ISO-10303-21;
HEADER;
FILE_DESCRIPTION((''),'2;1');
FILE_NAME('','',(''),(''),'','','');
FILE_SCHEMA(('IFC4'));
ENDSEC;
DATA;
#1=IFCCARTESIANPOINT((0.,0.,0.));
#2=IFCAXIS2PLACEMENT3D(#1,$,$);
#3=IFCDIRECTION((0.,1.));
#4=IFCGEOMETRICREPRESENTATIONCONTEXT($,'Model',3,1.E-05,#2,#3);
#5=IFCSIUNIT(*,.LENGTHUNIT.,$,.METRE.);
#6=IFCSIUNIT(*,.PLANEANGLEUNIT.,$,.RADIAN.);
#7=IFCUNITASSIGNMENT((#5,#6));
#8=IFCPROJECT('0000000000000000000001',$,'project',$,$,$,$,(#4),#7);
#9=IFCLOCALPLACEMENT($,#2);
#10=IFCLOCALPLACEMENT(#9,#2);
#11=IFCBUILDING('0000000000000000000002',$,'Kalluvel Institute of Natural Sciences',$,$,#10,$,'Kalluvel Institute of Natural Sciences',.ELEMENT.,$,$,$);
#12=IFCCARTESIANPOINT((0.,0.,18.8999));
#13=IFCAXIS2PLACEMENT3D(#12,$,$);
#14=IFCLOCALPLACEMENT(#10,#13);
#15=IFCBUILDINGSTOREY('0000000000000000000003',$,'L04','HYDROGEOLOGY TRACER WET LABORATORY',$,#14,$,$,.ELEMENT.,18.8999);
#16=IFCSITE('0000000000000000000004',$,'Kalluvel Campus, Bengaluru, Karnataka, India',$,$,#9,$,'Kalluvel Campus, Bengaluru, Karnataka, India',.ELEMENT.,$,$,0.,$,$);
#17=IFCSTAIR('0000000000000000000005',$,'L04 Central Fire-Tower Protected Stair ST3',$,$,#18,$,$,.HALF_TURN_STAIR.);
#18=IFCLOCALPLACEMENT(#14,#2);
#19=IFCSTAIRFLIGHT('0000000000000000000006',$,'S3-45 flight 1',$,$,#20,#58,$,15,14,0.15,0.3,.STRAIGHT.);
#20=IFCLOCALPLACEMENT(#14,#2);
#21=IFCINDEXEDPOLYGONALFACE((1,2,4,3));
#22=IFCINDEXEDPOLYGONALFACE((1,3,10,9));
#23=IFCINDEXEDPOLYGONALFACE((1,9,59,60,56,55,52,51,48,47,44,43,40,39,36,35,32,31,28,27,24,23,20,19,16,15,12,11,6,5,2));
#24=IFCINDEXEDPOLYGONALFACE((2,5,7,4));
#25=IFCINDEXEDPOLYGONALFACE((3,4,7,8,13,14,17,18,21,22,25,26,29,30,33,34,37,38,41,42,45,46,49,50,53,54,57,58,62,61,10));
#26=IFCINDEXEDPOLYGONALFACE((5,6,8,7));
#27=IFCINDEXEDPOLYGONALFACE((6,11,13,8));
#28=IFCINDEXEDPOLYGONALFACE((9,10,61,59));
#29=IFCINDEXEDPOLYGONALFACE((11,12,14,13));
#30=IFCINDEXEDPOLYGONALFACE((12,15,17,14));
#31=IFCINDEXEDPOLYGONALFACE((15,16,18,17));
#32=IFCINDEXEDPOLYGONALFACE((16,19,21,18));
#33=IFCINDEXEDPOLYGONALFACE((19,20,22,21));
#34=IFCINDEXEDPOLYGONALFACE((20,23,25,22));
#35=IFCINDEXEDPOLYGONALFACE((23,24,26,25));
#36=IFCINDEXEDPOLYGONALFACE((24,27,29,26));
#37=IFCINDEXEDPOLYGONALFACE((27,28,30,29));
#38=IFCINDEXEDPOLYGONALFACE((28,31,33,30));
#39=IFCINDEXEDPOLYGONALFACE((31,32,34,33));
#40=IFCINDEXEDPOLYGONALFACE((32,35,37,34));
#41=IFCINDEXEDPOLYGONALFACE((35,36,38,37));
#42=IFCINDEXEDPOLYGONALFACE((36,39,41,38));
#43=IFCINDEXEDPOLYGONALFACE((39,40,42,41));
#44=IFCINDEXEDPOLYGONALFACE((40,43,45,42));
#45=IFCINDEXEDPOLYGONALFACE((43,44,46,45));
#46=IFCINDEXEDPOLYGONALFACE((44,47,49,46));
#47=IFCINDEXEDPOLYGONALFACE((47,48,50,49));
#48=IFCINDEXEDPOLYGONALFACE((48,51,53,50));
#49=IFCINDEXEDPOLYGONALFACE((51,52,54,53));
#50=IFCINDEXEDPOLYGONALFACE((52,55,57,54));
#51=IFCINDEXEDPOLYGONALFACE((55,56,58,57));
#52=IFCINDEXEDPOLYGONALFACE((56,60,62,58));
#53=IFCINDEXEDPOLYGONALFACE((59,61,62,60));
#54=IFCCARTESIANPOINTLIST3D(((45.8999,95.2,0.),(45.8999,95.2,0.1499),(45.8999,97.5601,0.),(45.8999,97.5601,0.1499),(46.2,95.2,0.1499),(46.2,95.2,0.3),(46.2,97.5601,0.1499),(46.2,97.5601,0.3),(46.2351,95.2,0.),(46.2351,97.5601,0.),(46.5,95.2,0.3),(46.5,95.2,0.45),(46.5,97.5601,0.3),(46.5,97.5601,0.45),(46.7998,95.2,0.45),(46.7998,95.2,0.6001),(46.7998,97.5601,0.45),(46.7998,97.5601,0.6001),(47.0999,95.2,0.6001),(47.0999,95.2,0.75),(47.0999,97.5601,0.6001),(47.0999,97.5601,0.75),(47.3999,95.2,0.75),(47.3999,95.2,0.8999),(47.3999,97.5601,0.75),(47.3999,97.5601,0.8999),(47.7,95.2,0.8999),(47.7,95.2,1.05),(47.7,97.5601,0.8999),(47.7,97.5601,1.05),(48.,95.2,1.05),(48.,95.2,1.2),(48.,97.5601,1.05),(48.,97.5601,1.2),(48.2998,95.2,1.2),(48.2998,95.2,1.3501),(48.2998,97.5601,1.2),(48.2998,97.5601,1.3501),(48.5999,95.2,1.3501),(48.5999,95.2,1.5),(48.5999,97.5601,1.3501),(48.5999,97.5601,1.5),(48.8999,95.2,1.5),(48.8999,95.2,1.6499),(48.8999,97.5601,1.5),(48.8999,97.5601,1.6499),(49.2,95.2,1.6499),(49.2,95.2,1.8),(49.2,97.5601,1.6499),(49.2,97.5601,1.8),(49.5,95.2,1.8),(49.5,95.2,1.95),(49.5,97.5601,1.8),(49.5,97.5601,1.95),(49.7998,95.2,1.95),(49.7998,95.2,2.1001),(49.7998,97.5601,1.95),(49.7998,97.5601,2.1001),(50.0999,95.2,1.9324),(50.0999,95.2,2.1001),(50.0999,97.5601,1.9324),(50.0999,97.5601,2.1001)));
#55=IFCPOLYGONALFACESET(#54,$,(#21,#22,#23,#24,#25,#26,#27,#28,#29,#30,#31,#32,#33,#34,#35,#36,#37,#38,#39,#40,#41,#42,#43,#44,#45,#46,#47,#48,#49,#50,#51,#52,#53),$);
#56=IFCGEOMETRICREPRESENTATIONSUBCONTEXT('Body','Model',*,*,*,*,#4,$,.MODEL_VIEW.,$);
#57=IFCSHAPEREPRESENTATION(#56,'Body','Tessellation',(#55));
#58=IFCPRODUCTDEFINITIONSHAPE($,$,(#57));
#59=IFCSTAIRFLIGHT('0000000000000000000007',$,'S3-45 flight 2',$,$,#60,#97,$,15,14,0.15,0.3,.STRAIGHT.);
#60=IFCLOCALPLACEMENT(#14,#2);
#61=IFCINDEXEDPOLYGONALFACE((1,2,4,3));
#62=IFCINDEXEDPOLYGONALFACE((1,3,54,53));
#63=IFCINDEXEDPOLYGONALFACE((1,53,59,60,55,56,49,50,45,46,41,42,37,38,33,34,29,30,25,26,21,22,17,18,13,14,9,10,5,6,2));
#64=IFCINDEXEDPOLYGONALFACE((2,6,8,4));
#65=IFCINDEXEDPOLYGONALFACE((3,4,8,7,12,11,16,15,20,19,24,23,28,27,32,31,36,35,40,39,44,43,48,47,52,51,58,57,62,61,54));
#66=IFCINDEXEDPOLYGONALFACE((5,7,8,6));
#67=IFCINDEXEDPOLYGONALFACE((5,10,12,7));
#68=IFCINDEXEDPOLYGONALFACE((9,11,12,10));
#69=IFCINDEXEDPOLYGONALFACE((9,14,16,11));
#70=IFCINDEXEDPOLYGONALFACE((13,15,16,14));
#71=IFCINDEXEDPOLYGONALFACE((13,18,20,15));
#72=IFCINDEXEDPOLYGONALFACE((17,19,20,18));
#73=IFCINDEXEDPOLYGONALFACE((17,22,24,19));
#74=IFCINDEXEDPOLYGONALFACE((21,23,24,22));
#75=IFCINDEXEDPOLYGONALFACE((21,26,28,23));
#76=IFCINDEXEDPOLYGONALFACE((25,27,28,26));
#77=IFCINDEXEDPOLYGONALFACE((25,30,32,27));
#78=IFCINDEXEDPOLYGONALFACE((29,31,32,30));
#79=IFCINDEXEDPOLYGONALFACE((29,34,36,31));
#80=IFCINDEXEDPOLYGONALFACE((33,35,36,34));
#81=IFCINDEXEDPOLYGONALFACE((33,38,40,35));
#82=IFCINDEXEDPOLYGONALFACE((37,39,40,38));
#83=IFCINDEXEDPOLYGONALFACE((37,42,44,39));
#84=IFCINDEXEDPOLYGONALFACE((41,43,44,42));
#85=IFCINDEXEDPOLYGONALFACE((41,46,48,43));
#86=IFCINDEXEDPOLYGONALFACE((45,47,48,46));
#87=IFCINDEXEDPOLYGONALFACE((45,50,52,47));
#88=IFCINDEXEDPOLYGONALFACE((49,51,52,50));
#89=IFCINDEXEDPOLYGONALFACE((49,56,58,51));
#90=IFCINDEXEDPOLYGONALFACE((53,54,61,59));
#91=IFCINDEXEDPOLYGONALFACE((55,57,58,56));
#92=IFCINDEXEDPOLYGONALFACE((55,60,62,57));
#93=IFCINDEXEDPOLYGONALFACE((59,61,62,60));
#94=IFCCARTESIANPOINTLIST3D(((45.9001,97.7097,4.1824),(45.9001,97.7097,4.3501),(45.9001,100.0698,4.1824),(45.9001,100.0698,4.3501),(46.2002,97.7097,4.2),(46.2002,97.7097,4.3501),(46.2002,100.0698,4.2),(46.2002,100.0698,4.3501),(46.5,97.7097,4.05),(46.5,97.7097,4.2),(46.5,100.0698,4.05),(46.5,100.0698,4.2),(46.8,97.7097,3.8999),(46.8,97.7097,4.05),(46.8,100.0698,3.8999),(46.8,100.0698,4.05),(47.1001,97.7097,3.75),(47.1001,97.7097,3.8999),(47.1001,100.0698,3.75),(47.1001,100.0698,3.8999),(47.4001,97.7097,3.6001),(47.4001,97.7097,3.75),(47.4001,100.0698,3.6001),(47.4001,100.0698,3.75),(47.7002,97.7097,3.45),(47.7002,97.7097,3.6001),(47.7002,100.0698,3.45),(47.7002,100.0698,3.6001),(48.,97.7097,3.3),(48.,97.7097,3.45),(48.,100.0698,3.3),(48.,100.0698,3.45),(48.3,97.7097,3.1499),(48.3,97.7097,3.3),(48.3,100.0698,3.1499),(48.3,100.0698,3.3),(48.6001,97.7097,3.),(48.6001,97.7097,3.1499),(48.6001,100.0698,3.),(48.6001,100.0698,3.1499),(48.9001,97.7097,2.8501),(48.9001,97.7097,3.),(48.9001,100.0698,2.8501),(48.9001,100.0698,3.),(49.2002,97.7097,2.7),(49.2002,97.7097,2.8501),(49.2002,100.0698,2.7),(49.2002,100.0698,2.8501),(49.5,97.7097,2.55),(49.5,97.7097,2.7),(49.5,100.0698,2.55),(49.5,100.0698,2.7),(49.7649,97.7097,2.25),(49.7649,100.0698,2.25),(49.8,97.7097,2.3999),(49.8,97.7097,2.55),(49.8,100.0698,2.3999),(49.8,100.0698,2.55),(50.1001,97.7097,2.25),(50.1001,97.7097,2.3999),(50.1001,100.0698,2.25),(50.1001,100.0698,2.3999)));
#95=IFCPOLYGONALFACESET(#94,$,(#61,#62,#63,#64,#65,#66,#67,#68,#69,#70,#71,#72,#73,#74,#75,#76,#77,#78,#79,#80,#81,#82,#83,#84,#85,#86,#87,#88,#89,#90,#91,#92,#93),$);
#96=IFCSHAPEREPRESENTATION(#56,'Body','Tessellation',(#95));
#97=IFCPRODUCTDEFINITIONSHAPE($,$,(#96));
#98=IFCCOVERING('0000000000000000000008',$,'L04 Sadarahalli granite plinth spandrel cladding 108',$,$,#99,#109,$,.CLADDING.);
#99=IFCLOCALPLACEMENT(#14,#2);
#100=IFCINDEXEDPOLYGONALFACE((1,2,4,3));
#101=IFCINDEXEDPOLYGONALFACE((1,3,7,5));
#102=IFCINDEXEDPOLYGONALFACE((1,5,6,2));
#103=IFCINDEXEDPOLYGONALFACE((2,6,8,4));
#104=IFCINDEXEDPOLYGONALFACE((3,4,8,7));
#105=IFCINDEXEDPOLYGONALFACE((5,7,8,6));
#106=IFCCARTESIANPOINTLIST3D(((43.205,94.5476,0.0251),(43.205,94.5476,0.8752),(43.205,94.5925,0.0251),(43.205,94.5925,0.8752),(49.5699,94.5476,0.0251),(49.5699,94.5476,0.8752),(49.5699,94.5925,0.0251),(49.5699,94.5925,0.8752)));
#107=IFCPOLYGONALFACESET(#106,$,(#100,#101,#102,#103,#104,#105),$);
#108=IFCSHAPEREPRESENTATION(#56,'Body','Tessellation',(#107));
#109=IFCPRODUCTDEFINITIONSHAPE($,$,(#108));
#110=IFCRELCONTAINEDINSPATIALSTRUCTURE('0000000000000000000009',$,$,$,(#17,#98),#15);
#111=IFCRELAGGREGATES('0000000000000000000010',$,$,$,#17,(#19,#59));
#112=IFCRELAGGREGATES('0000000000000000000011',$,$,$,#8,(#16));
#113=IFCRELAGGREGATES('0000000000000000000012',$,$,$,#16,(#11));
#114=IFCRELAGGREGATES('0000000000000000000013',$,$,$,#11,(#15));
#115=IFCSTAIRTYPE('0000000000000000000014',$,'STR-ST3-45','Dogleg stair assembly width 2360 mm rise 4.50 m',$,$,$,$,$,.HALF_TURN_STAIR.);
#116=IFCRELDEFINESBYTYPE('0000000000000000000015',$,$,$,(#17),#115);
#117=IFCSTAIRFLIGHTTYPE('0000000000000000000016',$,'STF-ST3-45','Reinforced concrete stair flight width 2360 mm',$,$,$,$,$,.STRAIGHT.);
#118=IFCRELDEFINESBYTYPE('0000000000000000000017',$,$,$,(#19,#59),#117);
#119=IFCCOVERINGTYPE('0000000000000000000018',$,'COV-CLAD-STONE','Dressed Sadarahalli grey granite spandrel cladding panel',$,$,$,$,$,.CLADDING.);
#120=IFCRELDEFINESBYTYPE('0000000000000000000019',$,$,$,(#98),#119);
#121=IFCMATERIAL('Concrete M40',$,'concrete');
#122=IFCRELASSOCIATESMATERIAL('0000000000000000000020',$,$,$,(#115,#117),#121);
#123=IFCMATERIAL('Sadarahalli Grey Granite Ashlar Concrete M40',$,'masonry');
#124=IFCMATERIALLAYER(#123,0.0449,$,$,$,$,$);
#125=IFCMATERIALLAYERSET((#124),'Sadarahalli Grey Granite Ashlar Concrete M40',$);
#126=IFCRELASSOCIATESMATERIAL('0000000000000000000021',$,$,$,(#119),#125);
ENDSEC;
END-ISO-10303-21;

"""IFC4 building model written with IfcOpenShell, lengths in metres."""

from ifc_helpers import new_model, si_unit, direction, frame, origin, origin_2d, place, context, subcontext, project, spatial, polyline, rectangle, outline, extrude, material, layer, layer_set, type_object, element, aggregate, save


model = new_model("IFC4")

# Units and contexts
model_context = context("Model", 3, precision=1e-05, world=origin(), true_north=direction((0.0, 1.0)))
body_context = subcontext(model_context, "Body", "Model", "MODEL_VIEW")
ifc_project = project(units=[si_unit("LENGTHUNIT", "METRE"), si_unit("PLANEANGLEUNIT", "RADIAN")], contexts=[model_context])

# Site, building, storey
site_placement = place(None, origin())
site = spatial("IfcSite", under=ifc_project, at=site_placement, Name="Kalluvel Campus, Bengaluru, Karnataka, India", LongName="Kalluvel Campus, Bengaluru, Karnataka, India", CompositionType="ELEMENT", RefElevation=0.0)
building_placement = place(site_placement, origin())
building = spatial("IfcBuilding", under=site, at=building_placement, Name="Kalluvel Institute of Natural Sciences", LongName="Kalluvel Institute of Natural Sciences", CompositionType="ELEMENT")
storey_placement = place(building_placement, frame((0.0, 0.0, 18.8999)))
storey = spatial("IfcBuildingStorey", under=building, at=storey_placement, Name="L04", Description="HYDROGEOLOGY TRACER WET LABORATORY", CompositionType="ELEMENT", Elevation=18.8999)

# Shared definitions
ifc_material_1 = material(Name="Concrete M40", Category="concrete")

# Shared definitions
ifc_material_2 = material(Name="Sadarahalli Grey Granite Ashlar Concrete M40", Category="masonry")

# Stair, stair flights
stair_type = type_object("IfcStairType", Name="STR-ST3-45", Description="Dogleg stair assembly width 2360 mm rise 4.50 m", PredefinedType="HALF_TURN_STAIR", material=ifc_material_1)
stair_placement = place(storey_placement, origin())
stair = element("IfcStair", 1, at=stair_placement, inside=storey, type_object=stair_type, Name="L04 Central Fire-Tower Protected Stair ST3", PredefinedType="HALF_TURN_STAIR")
stair_flight_type = type_object("IfcStairFlightType", Name="STF-ST3-45", Description="Reinforced concrete stair flight width 2360 mm", PredefinedType="STRAIGHT", material=ifc_material_1)
stair_flight_1_placement = place(storey_placement, frame((45.8999, 96.3799, 0.0), z_axis=(0.0, 0.0, 1.0), x_axis=(1.0, 0.0, 0.0)))
stair_flight_1 = element("IfcStairFlight", 2, at=stair_flight_1_placement, type_object=stair_flight_type, Name="S3-45 flight 1", NumberOfRisers=15, NumberOfTreads=14, PredefinedType="STRAIGHT", RiserHeight=0.15, TreadLength=0.3, context=body_context, shape_type="SweptSolid", body=[
    extrude(outline(polyline([(0.0, 0.0), (0.0, 0.1499), (0.3, 0.1499), (0.3, 0.3), (0.6001, 0.3), (0.6001, 0.45), (0.8999, 0.45), (0.8999, 0.6001), (1.2, 0.6001), (1.2, 0.75), (1.5, 0.75), (1.5, 0.8999), (1.8, 0.8999), (1.8, 1.05), (2.1001, 1.05), (2.1001, 1.2), (2.3999, 1.2), (2.3999, 1.3501), (2.7, 1.3501), (2.7, 1.5), (3.0, 1.5), (3.0, 1.6499), (3.3, 1.6499), (3.3, 1.8), (3.6001, 1.8), (3.6001, 1.95), (3.8999, 1.95), (3.8999, 2.1001), (4.2, 2.1001), (4.2, 2.25), (4.2, 1.9324), (0.3352, 0.0), (0.0, 0.0)])), frame((0.0, 1.1802, 0.0), z_axis=(0.0, -1.0, 0.0), x_axis=(1.0, 0.0, 0.0)), (0.0, 0.0, 1.0), 2.3601),
])
stair_flight_2_placement = place(storey_placement, frame((50.1001, 98.8899, 2.25), z_axis=(0.0, 0.0, 1.0), x_axis=(-1.0, 0.0, 0.0)))
stair_flight_2 = element("IfcStairFlight", 3, at=stair_flight_2_placement, type_object=stair_flight_type, Name="S3-45 flight 2", NumberOfRisers=15, NumberOfTreads=14, PredefinedType="STRAIGHT", RiserHeight=0.15, TreadLength=0.3, context=body_context, shape_type="SweptSolid", body=[
    extrude(outline(polyline([(0.0, 0.0), (0.0, 0.1499), (0.3, 0.1499), (0.3, 0.3), (0.6001, 0.3), (0.6001, 0.45), (0.8999, 0.45), (0.8999, 0.6001), (1.2, 0.6001), (1.2, 0.75), (1.5, 0.75), (1.5, 0.8999), (1.8, 0.8999), (1.8, 1.05), (2.1001, 1.05), (2.1001, 1.2), (2.3999, 1.2), (2.3999, 1.3501), (2.7, 1.3501), (2.7, 1.5), (3.0, 1.5), (3.0, 1.6499), (3.3, 1.6499), (3.3, 1.8), (3.6001, 1.8), (3.6001, 1.95), (3.8999, 1.95), (3.8999, 2.1001), (4.2, 2.1001), (4.2, 2.25), (4.2, 1.9324), (0.3352, 0.0), (0.0, 0.0)])), frame((0.0, 1.1802, 0.0), z_axis=(0.0, -1.0, 0.0), x_axis=(1.0, 0.0, 0.0)), (0.0, 0.0, 1.0), 2.3601),
])
aggregate(stair, [stair_flight_1, stair_flight_2])

# Covering
ifc_layer_1 = layer(ifc_material_2, 0.0449)
ifc_layer_set_1 = layer_set([ifc_layer_1], Name="Sadarahalli Grey Granite Ashlar Concrete M40")
covering_type = type_object("IfcCoveringType", Name="COV-CLAD-STONE", Description="Dressed Sadarahalli grey granite spandrel cladding panel", PredefinedType="CLADDING", material=ifc_layer_set_1)
covering_placement = place(storey_placement, frame((46.3875, 94.5701, 0.0251), z_axis=(0.0, 0.0, 1.0), x_axis=(1.0, 0.0, 0.0)))
element("IfcCovering", 4, at=covering_placement, inside=storey, type_object=covering_type, Name="L04 Sadarahalli granite plinth spandrel cladding 108", PredefinedType="CLADDING", context=body_context, shape_type="SweptSolid", body=[
    extrude(rectangle(XDim=6.365, YDim=0.0449, at=origin_2d()), origin(), (0.0, 0.0, 1.0), 0.8501),
])

save(model, "model.ifc")
